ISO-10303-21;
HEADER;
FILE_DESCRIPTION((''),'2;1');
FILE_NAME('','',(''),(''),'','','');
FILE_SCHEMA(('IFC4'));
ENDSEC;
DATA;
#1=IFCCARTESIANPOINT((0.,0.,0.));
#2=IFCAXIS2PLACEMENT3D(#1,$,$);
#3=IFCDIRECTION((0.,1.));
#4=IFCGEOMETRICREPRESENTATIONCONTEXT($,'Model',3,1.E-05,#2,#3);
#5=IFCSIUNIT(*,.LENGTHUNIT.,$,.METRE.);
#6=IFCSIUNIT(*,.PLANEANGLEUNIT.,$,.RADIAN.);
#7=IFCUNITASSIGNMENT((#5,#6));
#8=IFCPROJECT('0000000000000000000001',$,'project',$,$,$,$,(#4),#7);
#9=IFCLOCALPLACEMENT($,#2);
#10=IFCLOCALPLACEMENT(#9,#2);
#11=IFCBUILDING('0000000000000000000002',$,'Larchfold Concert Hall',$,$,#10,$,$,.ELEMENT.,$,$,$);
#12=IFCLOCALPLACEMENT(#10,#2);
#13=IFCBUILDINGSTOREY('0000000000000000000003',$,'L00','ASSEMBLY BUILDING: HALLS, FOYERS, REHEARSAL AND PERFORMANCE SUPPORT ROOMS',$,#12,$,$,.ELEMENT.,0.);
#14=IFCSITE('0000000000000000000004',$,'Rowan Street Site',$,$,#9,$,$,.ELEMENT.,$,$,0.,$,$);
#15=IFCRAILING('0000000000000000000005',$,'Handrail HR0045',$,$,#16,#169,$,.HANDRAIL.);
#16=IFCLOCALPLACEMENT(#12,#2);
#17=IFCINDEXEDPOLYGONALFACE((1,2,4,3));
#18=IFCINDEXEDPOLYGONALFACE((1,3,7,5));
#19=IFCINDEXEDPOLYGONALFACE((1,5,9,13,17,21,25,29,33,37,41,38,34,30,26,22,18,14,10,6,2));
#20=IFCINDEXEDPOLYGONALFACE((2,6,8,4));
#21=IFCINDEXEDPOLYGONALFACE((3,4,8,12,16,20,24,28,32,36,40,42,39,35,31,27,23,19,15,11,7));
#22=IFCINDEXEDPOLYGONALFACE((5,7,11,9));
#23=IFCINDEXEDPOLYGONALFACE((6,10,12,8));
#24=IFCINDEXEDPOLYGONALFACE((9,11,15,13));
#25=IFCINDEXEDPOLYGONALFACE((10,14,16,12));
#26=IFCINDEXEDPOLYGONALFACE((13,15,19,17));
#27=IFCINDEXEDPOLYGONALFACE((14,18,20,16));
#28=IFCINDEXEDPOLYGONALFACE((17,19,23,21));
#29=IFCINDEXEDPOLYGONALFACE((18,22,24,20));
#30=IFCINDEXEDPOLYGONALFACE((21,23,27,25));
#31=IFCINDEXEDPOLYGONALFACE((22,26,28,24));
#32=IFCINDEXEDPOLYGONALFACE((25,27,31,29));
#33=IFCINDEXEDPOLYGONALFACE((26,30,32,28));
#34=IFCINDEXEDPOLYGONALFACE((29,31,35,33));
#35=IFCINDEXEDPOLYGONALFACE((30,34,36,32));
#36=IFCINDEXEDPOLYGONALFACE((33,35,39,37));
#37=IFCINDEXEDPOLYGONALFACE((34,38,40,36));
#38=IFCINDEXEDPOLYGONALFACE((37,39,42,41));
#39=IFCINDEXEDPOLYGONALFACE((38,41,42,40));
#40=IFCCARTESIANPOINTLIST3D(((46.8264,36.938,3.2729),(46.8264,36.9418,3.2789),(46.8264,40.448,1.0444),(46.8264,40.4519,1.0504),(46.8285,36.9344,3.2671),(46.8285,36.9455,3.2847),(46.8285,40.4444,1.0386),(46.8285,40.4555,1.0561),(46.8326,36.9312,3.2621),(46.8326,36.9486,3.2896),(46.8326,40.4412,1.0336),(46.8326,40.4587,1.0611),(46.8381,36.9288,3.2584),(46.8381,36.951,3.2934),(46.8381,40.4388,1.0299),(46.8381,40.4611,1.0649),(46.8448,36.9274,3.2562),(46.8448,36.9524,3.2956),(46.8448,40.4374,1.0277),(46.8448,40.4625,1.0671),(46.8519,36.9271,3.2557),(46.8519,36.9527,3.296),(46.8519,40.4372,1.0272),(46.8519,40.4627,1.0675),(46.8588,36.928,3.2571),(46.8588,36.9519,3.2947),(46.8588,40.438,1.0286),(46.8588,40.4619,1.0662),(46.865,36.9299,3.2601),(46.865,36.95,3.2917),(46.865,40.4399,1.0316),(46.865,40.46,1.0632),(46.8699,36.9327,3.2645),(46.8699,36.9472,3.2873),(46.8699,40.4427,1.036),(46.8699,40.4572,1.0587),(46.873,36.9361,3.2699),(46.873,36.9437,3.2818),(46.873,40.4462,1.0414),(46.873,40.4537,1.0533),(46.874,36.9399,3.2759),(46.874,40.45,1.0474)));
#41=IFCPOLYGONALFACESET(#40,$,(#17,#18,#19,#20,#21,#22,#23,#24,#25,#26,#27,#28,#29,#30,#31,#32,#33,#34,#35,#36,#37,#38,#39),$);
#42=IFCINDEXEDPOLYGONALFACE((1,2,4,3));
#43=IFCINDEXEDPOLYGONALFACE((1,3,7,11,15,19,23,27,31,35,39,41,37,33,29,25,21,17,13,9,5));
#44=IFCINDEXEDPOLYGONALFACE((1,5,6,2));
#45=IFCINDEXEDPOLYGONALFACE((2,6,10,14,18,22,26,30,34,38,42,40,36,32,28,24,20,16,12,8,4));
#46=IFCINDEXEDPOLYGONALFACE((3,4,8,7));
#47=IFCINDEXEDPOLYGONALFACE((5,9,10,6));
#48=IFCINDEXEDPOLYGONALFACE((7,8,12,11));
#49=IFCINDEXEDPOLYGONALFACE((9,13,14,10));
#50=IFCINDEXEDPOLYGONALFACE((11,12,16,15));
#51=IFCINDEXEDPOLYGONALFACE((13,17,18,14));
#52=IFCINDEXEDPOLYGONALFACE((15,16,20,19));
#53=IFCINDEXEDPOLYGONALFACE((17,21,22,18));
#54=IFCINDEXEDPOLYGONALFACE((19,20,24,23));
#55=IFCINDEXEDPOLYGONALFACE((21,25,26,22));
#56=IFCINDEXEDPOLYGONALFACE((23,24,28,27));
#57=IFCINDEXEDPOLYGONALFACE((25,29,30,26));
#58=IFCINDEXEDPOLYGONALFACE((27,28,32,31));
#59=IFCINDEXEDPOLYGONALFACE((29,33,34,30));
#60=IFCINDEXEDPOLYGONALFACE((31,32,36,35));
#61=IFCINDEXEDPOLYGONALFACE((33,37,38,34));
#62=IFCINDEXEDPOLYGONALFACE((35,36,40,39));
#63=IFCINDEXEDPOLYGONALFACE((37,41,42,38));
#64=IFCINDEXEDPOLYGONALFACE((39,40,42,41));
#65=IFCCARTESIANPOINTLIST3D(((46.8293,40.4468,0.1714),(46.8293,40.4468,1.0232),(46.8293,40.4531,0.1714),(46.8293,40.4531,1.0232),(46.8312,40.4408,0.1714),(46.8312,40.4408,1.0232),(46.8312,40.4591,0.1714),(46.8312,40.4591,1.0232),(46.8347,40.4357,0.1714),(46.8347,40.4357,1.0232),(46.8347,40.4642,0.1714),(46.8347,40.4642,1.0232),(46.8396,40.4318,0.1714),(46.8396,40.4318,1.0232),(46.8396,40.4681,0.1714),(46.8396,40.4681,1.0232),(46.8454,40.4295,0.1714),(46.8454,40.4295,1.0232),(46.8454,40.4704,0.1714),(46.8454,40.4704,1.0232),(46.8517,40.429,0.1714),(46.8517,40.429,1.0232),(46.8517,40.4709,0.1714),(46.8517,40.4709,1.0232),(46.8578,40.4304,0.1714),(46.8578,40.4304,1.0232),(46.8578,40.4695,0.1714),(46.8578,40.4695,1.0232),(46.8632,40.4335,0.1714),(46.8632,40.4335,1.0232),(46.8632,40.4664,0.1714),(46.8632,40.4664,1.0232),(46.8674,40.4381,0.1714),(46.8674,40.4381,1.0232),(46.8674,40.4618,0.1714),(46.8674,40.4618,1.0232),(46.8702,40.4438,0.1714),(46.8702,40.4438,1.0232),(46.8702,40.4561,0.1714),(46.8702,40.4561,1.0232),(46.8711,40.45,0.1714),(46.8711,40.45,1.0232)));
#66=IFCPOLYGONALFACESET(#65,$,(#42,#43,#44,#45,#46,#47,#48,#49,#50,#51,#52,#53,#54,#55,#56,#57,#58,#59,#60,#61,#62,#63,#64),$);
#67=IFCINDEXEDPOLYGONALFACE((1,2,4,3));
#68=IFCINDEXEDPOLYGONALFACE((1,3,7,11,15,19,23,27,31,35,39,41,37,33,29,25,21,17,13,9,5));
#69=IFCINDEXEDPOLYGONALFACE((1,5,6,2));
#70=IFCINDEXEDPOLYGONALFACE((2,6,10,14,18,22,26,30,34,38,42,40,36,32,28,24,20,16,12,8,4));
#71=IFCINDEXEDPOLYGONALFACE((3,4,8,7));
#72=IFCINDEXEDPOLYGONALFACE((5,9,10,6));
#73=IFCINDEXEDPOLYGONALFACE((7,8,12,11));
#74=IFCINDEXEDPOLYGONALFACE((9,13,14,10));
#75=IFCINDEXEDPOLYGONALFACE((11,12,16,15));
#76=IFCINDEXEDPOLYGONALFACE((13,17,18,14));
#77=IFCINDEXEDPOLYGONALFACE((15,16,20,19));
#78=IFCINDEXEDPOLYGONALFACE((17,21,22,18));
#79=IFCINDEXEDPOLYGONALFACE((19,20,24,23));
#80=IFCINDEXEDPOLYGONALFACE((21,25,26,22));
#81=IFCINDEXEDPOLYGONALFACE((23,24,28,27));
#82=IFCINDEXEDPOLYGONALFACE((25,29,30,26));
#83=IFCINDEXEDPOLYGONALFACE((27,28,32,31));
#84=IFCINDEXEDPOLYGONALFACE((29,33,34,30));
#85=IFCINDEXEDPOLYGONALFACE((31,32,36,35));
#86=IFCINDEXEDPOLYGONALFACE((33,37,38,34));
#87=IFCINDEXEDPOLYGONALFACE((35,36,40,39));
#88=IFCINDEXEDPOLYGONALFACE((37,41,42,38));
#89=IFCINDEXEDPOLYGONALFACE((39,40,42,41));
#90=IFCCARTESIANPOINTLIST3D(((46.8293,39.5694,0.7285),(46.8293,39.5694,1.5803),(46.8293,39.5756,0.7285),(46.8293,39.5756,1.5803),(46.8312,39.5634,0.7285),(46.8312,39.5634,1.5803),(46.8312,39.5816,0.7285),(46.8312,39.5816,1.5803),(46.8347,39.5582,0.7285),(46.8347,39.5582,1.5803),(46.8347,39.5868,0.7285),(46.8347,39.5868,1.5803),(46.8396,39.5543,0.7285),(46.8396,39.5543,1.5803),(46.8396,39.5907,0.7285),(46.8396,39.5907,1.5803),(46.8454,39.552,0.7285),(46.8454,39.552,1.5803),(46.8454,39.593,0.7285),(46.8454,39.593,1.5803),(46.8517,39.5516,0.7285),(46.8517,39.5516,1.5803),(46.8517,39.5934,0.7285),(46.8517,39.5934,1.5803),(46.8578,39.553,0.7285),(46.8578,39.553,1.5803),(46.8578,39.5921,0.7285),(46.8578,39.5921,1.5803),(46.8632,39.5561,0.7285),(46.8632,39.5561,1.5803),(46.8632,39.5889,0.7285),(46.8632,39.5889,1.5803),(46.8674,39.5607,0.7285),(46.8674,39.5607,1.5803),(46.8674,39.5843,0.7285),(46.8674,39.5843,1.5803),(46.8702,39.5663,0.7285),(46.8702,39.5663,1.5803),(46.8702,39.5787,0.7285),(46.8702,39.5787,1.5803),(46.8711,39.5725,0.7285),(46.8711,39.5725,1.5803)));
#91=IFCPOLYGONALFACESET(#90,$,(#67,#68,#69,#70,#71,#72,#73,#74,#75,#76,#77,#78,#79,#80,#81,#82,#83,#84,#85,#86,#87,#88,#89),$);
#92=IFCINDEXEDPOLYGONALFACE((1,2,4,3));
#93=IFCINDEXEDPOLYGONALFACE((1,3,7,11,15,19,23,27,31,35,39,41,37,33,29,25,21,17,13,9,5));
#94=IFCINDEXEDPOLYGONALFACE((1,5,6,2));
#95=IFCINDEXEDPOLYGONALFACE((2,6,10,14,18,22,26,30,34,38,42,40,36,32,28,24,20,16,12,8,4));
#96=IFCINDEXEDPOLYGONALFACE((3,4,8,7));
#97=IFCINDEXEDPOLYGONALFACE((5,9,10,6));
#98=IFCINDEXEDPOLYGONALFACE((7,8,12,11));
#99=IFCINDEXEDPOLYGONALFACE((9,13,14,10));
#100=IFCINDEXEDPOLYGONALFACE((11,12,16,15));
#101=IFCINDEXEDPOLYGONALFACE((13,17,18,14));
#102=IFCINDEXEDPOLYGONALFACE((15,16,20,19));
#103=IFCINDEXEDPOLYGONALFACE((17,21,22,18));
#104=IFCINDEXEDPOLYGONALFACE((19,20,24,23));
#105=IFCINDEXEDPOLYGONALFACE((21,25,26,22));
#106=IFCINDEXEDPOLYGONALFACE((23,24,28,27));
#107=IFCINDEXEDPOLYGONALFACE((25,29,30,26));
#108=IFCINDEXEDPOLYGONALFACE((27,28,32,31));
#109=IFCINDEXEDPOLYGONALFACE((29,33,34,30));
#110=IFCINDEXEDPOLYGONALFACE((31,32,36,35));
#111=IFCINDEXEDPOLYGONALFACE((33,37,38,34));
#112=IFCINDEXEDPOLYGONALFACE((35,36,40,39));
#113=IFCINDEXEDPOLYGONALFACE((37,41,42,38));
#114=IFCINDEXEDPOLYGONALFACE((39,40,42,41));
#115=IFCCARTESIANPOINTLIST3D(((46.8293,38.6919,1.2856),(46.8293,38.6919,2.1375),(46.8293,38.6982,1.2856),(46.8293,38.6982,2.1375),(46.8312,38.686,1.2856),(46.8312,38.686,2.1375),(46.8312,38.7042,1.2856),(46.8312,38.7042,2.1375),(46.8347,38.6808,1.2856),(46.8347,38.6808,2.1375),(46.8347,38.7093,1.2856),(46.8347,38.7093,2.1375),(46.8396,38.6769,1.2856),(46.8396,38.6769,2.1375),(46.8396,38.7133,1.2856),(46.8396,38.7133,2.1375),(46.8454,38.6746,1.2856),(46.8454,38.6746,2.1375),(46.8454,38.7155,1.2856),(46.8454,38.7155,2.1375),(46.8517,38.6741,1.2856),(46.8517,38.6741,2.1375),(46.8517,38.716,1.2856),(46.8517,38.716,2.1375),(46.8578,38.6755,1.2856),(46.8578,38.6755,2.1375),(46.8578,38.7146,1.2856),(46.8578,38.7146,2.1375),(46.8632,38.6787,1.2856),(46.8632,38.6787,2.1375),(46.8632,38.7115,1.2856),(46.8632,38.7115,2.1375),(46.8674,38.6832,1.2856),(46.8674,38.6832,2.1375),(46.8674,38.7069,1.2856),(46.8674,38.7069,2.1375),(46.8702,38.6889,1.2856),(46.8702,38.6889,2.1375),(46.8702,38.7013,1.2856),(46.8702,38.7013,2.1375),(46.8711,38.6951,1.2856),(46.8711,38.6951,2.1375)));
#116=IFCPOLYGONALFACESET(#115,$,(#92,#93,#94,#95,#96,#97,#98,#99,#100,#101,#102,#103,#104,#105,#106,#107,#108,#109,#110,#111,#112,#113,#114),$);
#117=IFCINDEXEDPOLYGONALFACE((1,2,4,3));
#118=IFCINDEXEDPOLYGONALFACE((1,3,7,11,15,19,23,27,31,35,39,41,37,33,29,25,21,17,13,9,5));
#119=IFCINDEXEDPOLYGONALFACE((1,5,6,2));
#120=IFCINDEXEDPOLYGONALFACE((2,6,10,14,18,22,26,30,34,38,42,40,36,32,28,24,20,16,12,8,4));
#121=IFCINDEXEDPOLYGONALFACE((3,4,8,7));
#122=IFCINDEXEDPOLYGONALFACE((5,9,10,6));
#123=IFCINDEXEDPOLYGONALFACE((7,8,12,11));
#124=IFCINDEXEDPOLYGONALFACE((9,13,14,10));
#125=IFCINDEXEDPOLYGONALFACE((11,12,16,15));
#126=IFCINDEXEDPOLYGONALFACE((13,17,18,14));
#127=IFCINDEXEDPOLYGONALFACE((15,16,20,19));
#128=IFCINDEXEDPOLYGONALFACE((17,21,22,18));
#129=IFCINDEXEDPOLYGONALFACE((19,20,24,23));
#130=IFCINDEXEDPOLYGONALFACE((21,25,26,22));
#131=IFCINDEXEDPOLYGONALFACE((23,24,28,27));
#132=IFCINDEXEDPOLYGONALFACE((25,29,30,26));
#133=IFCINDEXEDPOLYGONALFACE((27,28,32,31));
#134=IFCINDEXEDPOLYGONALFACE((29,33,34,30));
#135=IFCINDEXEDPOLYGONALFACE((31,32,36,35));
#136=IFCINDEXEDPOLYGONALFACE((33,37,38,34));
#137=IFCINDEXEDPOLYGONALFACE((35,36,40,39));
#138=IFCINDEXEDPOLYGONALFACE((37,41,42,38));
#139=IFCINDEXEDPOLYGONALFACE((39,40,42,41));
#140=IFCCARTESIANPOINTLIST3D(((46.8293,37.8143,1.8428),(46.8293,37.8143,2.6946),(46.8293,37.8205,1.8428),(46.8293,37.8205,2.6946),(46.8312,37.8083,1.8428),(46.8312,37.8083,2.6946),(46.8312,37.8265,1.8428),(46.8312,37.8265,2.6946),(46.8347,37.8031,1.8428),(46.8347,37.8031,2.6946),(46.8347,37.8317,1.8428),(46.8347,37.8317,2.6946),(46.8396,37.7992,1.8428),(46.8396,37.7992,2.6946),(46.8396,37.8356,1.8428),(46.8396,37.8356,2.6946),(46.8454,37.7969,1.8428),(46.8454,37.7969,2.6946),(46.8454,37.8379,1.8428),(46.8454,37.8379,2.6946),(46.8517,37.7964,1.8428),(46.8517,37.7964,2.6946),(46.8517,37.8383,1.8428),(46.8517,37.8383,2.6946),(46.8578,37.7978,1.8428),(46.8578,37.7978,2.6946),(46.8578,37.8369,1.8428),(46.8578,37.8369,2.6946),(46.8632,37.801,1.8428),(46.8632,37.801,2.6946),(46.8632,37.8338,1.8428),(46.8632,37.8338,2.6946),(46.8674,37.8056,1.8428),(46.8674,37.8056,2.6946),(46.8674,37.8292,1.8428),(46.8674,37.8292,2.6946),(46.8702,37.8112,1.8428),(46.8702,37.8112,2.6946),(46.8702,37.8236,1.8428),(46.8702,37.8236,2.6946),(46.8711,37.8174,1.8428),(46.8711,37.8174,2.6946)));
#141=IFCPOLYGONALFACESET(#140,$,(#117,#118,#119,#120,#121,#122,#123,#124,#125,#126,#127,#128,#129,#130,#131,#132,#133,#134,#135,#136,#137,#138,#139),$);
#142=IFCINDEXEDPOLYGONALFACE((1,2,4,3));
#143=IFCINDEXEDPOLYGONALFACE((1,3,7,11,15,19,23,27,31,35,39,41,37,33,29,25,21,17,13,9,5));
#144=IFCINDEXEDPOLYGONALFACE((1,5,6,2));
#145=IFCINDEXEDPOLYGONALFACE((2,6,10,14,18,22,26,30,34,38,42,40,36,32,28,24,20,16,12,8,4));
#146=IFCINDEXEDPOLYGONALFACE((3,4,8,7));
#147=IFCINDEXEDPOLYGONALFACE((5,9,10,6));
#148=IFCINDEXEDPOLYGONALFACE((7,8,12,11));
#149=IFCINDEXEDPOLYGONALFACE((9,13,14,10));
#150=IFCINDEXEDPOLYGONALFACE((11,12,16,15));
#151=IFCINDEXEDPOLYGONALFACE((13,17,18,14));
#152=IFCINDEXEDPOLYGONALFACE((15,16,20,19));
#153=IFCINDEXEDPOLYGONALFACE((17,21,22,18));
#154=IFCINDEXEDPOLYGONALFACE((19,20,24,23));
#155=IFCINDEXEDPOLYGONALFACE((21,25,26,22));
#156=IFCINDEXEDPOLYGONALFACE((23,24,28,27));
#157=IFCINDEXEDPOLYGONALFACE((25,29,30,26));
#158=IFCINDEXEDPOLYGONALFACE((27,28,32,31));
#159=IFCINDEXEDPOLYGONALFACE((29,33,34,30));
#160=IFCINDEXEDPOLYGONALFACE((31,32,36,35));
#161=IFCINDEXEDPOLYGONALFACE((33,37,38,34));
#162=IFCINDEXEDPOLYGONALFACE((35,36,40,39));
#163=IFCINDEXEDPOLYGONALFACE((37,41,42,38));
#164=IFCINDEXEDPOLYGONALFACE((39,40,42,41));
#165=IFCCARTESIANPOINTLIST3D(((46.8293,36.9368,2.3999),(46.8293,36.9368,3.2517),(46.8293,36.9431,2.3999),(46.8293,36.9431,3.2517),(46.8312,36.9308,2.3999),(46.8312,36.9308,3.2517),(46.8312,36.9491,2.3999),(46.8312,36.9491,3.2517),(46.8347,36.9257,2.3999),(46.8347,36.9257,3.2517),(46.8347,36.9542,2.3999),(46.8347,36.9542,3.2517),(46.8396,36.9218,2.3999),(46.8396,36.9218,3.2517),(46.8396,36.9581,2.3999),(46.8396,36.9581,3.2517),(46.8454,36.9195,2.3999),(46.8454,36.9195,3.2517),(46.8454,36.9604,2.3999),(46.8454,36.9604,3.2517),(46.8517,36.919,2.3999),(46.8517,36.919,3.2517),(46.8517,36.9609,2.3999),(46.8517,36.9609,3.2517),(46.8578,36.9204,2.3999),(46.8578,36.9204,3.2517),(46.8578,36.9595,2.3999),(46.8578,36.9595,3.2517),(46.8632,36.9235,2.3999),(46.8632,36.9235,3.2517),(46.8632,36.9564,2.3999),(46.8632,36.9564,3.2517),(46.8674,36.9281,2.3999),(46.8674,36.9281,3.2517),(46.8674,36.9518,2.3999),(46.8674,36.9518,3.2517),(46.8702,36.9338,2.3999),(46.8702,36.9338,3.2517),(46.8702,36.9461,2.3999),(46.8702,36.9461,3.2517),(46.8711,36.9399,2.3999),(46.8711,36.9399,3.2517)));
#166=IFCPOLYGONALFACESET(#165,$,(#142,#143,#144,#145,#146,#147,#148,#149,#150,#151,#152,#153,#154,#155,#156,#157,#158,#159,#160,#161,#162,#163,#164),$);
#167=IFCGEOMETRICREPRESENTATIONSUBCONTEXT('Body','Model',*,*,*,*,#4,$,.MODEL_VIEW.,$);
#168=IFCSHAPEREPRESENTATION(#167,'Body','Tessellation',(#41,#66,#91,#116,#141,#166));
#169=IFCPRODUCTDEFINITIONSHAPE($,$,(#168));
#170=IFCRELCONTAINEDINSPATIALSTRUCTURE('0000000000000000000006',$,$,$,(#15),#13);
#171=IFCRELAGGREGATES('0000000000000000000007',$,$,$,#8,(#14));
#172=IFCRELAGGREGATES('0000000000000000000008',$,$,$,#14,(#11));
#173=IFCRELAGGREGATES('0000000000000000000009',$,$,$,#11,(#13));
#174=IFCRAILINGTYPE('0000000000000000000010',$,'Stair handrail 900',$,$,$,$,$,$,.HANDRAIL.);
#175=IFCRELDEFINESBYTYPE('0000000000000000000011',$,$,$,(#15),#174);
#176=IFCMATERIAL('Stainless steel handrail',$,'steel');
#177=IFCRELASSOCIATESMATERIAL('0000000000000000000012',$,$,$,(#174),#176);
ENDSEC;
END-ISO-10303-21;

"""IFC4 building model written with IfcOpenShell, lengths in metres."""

from ifc_helpers import new_model, si_unit, direction, frame, origin, origin_2d, place, context, subcontext, project, spatial, circle, extrude, material, type_object, element, save


model = new_model("IFC4")

# Units and contexts
model_context = context("Model", 3, precision=1e-05, world=origin(), true_north=direction((0.0, 1.0)))
body_context = subcontext(model_context, "Body", "Model", "MODEL_VIEW")
ifc_project = project(units=[si_unit("LENGTHUNIT", "METRE"), si_unit("PLANEANGLEUNIT", "RADIAN")], contexts=[model_context])

# Site, building, storey
site_placement = place(None, origin())
site = spatial("IfcSite", under=ifc_project, at=site_placement, Name="Rowan Street Site", CompositionType="ELEMENT", RefElevation=0.0)
building_placement = place(site_placement, origin())
building = spatial("IfcBuilding", under=site, at=building_placement, Name="Larchfold Concert Hall", CompositionType="ELEMENT")
storey_placement = place(building_placement, origin())
storey = spatial("IfcBuildingStorey", under=building, at=storey_placement, Name="L00", Description="ASSEMBLY BUILDING: HALLS, FOYERS, REHEARSAL AND PERFORMANCE SUPPORT ROOMS", CompositionType="ELEMENT", Elevation=0.0)

# Railing
ifc_material_1 = material(Name="Stainless steel handrail", Category="steel")
railing_type_1 = type_object("IfcRailingType", Name="Stair handrail 900", PredefinedType="HANDRAIL", material=ifc_material_1)
railing_1_placement = place(storey_placement, frame((46.8501, 40.45, 0.1714)))
element("IfcRailing", 1, at=railing_1_placement, inside=storey, type_object=railing_type_1, Name="Handrail HR0045", PredefinedType="HANDRAIL", context=body_context, shape_type="SweptSolid", body=[
    extrude(circle(Radius=0.0239, at=origin_2d()), frame((0.0, 0.0, 0.876), z_axis=(0.0, -0.84422, 0.535998), x_axis=(1.0, 0.0, 0.0)), (0.0, 0.0, 1.0), 4.1577),
    extrude(circle(Radius=0.021, at=origin_2d()), origin(), (0.0, 0.0, 1.0), 0.8518),
    extrude(circle(Radius=0.021, at=origin_2d()), frame((0.0, -0.8774, 0.5571)), (0.0, 0.0, 1.0), 0.8518),
    extrude(circle(Radius=0.021, at=origin_2d()), frame((0.0, -1.7549, 1.1143)), (0.0, 0.0, 1.0), 0.8518),
    extrude(circle(Radius=0.021, at=origin_2d()), frame((0.0, -2.6326, 1.6714)), (0.0, 0.0, 1.0), 0.8518),
    extrude(circle(Radius=0.021, at=origin_2d()), frame((0.0, -3.51, 2.2285)), (0.0, 0.0, 1.0), 0.8518),
])

save(model, "model.ifc")
